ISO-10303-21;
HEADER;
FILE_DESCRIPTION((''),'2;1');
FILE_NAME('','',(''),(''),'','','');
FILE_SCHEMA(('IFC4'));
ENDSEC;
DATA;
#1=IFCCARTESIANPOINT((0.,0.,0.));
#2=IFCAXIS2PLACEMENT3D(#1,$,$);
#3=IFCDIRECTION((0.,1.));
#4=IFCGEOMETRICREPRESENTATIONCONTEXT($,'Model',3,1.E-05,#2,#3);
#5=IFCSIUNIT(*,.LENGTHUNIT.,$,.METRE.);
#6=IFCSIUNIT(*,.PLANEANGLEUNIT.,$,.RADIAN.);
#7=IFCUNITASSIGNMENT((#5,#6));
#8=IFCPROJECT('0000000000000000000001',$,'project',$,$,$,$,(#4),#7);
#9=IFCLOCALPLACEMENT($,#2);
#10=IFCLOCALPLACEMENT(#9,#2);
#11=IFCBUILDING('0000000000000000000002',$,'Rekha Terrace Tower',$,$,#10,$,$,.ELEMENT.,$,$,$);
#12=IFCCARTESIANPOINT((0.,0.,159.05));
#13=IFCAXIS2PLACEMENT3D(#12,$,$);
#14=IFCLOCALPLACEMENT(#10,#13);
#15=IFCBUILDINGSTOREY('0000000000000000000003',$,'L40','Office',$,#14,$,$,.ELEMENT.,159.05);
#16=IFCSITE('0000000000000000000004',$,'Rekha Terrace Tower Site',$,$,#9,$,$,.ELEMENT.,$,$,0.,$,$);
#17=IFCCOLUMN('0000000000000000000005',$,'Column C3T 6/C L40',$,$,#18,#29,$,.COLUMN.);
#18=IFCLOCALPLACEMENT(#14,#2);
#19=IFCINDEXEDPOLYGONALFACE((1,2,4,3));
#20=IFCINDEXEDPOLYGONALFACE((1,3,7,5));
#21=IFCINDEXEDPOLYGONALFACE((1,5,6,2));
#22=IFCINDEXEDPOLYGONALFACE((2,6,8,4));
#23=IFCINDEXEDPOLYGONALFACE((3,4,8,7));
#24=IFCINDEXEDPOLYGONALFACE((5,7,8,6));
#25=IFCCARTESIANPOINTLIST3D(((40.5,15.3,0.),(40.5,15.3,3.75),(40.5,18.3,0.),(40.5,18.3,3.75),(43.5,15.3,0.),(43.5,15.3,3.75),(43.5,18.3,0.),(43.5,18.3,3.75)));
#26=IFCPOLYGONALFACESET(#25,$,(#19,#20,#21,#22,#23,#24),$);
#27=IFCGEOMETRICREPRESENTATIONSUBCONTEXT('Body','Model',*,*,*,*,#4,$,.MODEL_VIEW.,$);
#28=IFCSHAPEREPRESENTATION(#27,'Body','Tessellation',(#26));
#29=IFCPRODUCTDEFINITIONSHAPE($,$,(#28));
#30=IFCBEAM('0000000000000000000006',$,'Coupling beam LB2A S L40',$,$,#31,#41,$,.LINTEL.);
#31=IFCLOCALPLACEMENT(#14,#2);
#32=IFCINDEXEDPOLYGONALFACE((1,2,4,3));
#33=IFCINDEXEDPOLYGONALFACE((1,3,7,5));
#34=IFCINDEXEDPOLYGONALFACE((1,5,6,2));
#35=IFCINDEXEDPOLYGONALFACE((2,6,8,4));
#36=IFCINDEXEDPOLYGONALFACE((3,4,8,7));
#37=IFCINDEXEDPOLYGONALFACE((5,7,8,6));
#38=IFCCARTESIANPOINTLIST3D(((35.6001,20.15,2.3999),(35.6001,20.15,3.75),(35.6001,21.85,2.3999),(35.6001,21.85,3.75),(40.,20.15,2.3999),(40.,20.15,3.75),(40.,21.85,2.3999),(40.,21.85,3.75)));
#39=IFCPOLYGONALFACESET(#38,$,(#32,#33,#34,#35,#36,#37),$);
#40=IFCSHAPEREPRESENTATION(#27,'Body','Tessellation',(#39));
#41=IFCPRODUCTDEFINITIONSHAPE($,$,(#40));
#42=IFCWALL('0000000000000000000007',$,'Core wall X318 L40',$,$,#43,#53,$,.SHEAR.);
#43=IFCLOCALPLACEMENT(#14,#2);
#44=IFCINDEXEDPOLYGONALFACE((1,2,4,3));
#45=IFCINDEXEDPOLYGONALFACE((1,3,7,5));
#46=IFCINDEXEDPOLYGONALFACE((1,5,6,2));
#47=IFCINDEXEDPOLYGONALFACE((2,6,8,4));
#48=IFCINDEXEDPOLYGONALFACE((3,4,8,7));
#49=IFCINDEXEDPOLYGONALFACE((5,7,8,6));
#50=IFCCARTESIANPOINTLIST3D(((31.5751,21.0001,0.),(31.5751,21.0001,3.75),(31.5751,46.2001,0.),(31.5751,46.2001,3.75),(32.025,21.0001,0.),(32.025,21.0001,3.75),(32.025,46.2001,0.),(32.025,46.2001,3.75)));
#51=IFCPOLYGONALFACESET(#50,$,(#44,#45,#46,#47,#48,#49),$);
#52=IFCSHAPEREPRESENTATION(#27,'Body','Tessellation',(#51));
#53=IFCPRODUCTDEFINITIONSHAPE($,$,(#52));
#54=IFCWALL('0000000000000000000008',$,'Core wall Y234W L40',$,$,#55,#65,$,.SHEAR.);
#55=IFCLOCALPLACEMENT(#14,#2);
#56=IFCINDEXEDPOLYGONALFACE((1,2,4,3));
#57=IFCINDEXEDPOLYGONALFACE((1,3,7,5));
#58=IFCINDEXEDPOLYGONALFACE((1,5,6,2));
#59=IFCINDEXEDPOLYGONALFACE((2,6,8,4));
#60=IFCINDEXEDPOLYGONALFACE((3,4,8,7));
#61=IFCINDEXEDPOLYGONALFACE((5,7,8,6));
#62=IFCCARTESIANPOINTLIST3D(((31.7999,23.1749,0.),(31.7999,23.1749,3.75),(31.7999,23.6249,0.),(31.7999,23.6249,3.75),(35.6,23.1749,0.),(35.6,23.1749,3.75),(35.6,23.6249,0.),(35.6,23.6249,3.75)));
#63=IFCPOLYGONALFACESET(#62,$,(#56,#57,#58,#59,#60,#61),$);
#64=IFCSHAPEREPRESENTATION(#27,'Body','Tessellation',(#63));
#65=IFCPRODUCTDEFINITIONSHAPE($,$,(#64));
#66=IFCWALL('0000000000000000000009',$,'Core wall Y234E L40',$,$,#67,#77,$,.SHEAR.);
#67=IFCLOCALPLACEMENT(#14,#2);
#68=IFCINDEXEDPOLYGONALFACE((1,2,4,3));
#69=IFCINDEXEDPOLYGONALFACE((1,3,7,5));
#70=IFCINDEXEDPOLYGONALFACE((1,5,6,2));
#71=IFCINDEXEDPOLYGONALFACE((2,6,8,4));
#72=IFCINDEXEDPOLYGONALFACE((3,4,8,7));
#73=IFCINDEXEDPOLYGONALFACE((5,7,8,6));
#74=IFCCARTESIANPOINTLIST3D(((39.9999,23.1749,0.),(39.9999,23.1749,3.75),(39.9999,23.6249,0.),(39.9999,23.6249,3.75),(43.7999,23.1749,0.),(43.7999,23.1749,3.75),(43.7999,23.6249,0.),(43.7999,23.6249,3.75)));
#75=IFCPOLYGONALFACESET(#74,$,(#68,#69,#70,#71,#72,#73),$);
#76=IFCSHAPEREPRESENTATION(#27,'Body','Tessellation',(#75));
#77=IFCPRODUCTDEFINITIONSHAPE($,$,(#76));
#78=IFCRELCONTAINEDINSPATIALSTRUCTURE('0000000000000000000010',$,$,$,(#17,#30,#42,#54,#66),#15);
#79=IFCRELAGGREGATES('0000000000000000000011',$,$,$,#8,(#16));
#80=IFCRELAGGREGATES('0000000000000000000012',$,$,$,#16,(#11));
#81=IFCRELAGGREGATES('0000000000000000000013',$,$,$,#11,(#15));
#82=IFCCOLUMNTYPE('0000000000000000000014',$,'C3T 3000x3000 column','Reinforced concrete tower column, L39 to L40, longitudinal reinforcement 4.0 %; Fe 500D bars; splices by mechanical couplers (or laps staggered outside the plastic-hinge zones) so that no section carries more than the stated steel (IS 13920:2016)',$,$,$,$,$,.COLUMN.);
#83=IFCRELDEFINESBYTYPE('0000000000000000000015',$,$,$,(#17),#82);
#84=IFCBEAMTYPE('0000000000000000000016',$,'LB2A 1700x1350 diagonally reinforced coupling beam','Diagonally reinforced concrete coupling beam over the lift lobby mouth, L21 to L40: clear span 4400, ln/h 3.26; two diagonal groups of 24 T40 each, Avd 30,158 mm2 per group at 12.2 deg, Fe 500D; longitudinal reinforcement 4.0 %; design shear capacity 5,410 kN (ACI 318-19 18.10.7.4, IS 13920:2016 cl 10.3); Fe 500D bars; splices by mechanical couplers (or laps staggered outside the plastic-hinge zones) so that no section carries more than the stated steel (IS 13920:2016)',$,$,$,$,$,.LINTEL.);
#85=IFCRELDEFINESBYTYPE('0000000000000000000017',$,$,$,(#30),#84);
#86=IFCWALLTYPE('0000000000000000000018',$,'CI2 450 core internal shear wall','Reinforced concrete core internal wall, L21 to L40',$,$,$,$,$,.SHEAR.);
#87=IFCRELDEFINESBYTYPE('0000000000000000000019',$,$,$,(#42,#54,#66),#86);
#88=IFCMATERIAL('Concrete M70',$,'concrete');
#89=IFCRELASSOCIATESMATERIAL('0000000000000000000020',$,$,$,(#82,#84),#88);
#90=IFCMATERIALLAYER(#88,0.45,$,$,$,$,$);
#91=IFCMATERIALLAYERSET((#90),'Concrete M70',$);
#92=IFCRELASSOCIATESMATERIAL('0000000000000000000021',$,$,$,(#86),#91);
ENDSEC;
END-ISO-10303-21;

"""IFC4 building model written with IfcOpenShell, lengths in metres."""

from ifc_helpers import new_model, si_unit, direction, frame, frame_2d, origin, origin_2d, place, context, subcontext, project, spatial, rectangle, extrude, material, layer, layer_set, material_profile, profile_set, type_object, element, save


model = new_model("IFC4")

# Units and contexts
model_context = context("Model", 3, precision=1e-05, world=origin(), true_north=direction((0.0, 1.0)))
body_context = subcontext(model_context, "Body", "Model", "MODEL_VIEW")
ifc_project = project(units=[si_unit("LENGTHUNIT", "METRE"), si_unit("PLANEANGLEUNIT", "RADIAN")], contexts=[model_context])

# Site, building, storey
site_placement = place(None, origin())
site = spatial("IfcSite", under=ifc_project, at=site_placement, Name="Rekha Terrace Tower Site", CompositionType="ELEMENT", RefElevation=0.0)
building_placement = place(site_placement, origin())
building = spatial("IfcBuilding", under=site, at=building_placement, Name="Rekha Terrace Tower", CompositionType="ELEMENT")
storey_placement = place(building_placement, frame((0.0, 0.0, 159.05)))
storey = spatial("IfcBuildingStorey", under=building, at=storey_placement, Name="L40", Description="Office", CompositionType="ELEMENT", Elevation=159.05)

# Column
ifc_material_1 = material(Name="Concrete M70", Category="concrete")
ifc_material_profile_1 = material_profile(ifc_material_1, rectangle(XDim=3.0, YDim=3.0, at=origin_2d()), Name="RC 3000x3000")
ifc_profile_set_1 = profile_set([ifc_material_profile_1], Name="Concrete M70")
column_type = type_object("IfcColumnType", Name="C3T 3000x3000 column", Description="Reinforced concrete tower column, L39 to L40, longitudinal reinforcement 4.0 %; Fe 500D bars; splices by mechanical couplers (or laps staggered outside the plastic-hinge zones) so that no section carries more than the stated steel (IS 13920:2016)", PredefinedType="COLUMN", material=ifc_profile_set_1)
column_placement = place(storey_placement, frame((42.0, 16.8, 0.0), z_axis=(0.0, 0.0, 1.0), x_axis=(1.0, 0.0, 0.0)))
element("IfcColumn", 1, at=column_placement, inside=storey, type_object=column_type, Name="Column C3T 6/C L40", PredefinedType="COLUMN", context=body_context, shape_type="SweptSolid", body=[
    extrude(rectangle(XDim=3.0, YDim=3.0, at=origin_2d()), origin(), (0.0, 0.0, 1.0), 3.75),
])

# Beam
ifc_material_profile_2 = material_profile(ifc_material_1, rectangle(XDim=1.7, YDim=1.3501, at=origin_2d()), Name="RC 1700x1350")
ifc_profile_set_2 = profile_set([ifc_material_profile_2], Name="Concrete M70")
beam_type = type_object("IfcBeamType", Name="LB2A 1700x1350 diagonally reinforced coupling beam", Description="Diagonally reinforced concrete coupling beam over the lift lobby mouth, L21 to L40: clear span 4400, ln/h 3.26; two diagonal groups of 24 T40 each, Avd 30,158 mm2 per group at 12.2 deg, Fe 500D; longitudinal reinforcement 4.0 %; design shear capacity 5,410 kN (ACI 318-19 18.10.7.4, IS 13920:2016 cl 10.3); Fe 500D bars; splices by mechanical couplers (or laps staggered outside the plastic-hinge zones) so that no section carries more than the stated steel (IS 13920:2016)", PredefinedType="LINTEL", material=ifc_profile_set_2)
beam_placement = place(storey_placement, frame((35.6001, 21.0, 3.075), z_axis=(1.0, 0.0, 0.0), x_axis=(0.0, 1.0, 0.0)))
element("IfcBeam", 2, at=beam_placement, inside=storey, type_object=beam_type, Name="Coupling beam LB2A S L40", PredefinedType="LINTEL", context=body_context, shape_type="SweptSolid", body=[
    extrude(rectangle(XDim=1.7, YDim=1.3501, at=origin_2d()), origin(), (0.0, 0.0, 1.0), 4.3999),
])

# Walls
ifc_layer_1 = layer(ifc_material_1, 0.45)
ifc_layer_set_1 = layer_set([ifc_layer_1], Name="Concrete M70")
wall_type_1 = type_object("IfcWallType", Name="CI2 450 core internal shear wall", Description="Reinforced concrete core internal wall, L21 to L40", PredefinedType="SHEAR", material=ifc_layer_set_1)
wall_1_placement = place(storey_placement, frame((31.8, 21.0, 0.0), z_axis=(0.0, 0.0, 1.0), x_axis=(0.0, 1.0, 0.0)))
element("IfcWall", 3, at=wall_1_placement, inside=storey, type_object=wall_type_1, Name="Core wall X318 L40", PredefinedType="SHEAR", context=body_context, shape_type="SweptSolid", body=[
    extrude(rectangle(XDim=25.2, YDim=0.45, at=frame_2d((12.6001, 0.0))), origin(), (0.0, 0.0, 1.0), 3.75),
])
for number, where, z_axis, x_axis, name in (
    (4, (31.8, 23.3999, 0.0), (0.0, 0.0, 1.0), (1.0, 0.0, 0.0), "Core wall Y234W L40"),
    (5, (40.0, 23.3999, 0.0), (0.0, 0.0, 1.0), (1.0, 0.0, 0.0), "Core wall Y234E L40"),
):
    element("IfcWall", number, at=place(storey_placement, frame(where, z_axis=z_axis, x_axis=x_axis)), inside=storey, type_object=wall_type_1, Name=name, PredefinedType="SHEAR", context=body_context, shape_type="SweptSolid", body=[
        extrude(rectangle(XDim=3.8, YDim=0.45, at=frame_2d((1.8999, 0.0))), origin(), (0.0, 0.0, 1.0), 3.75),
    ])

save(model, "model.ifc")
